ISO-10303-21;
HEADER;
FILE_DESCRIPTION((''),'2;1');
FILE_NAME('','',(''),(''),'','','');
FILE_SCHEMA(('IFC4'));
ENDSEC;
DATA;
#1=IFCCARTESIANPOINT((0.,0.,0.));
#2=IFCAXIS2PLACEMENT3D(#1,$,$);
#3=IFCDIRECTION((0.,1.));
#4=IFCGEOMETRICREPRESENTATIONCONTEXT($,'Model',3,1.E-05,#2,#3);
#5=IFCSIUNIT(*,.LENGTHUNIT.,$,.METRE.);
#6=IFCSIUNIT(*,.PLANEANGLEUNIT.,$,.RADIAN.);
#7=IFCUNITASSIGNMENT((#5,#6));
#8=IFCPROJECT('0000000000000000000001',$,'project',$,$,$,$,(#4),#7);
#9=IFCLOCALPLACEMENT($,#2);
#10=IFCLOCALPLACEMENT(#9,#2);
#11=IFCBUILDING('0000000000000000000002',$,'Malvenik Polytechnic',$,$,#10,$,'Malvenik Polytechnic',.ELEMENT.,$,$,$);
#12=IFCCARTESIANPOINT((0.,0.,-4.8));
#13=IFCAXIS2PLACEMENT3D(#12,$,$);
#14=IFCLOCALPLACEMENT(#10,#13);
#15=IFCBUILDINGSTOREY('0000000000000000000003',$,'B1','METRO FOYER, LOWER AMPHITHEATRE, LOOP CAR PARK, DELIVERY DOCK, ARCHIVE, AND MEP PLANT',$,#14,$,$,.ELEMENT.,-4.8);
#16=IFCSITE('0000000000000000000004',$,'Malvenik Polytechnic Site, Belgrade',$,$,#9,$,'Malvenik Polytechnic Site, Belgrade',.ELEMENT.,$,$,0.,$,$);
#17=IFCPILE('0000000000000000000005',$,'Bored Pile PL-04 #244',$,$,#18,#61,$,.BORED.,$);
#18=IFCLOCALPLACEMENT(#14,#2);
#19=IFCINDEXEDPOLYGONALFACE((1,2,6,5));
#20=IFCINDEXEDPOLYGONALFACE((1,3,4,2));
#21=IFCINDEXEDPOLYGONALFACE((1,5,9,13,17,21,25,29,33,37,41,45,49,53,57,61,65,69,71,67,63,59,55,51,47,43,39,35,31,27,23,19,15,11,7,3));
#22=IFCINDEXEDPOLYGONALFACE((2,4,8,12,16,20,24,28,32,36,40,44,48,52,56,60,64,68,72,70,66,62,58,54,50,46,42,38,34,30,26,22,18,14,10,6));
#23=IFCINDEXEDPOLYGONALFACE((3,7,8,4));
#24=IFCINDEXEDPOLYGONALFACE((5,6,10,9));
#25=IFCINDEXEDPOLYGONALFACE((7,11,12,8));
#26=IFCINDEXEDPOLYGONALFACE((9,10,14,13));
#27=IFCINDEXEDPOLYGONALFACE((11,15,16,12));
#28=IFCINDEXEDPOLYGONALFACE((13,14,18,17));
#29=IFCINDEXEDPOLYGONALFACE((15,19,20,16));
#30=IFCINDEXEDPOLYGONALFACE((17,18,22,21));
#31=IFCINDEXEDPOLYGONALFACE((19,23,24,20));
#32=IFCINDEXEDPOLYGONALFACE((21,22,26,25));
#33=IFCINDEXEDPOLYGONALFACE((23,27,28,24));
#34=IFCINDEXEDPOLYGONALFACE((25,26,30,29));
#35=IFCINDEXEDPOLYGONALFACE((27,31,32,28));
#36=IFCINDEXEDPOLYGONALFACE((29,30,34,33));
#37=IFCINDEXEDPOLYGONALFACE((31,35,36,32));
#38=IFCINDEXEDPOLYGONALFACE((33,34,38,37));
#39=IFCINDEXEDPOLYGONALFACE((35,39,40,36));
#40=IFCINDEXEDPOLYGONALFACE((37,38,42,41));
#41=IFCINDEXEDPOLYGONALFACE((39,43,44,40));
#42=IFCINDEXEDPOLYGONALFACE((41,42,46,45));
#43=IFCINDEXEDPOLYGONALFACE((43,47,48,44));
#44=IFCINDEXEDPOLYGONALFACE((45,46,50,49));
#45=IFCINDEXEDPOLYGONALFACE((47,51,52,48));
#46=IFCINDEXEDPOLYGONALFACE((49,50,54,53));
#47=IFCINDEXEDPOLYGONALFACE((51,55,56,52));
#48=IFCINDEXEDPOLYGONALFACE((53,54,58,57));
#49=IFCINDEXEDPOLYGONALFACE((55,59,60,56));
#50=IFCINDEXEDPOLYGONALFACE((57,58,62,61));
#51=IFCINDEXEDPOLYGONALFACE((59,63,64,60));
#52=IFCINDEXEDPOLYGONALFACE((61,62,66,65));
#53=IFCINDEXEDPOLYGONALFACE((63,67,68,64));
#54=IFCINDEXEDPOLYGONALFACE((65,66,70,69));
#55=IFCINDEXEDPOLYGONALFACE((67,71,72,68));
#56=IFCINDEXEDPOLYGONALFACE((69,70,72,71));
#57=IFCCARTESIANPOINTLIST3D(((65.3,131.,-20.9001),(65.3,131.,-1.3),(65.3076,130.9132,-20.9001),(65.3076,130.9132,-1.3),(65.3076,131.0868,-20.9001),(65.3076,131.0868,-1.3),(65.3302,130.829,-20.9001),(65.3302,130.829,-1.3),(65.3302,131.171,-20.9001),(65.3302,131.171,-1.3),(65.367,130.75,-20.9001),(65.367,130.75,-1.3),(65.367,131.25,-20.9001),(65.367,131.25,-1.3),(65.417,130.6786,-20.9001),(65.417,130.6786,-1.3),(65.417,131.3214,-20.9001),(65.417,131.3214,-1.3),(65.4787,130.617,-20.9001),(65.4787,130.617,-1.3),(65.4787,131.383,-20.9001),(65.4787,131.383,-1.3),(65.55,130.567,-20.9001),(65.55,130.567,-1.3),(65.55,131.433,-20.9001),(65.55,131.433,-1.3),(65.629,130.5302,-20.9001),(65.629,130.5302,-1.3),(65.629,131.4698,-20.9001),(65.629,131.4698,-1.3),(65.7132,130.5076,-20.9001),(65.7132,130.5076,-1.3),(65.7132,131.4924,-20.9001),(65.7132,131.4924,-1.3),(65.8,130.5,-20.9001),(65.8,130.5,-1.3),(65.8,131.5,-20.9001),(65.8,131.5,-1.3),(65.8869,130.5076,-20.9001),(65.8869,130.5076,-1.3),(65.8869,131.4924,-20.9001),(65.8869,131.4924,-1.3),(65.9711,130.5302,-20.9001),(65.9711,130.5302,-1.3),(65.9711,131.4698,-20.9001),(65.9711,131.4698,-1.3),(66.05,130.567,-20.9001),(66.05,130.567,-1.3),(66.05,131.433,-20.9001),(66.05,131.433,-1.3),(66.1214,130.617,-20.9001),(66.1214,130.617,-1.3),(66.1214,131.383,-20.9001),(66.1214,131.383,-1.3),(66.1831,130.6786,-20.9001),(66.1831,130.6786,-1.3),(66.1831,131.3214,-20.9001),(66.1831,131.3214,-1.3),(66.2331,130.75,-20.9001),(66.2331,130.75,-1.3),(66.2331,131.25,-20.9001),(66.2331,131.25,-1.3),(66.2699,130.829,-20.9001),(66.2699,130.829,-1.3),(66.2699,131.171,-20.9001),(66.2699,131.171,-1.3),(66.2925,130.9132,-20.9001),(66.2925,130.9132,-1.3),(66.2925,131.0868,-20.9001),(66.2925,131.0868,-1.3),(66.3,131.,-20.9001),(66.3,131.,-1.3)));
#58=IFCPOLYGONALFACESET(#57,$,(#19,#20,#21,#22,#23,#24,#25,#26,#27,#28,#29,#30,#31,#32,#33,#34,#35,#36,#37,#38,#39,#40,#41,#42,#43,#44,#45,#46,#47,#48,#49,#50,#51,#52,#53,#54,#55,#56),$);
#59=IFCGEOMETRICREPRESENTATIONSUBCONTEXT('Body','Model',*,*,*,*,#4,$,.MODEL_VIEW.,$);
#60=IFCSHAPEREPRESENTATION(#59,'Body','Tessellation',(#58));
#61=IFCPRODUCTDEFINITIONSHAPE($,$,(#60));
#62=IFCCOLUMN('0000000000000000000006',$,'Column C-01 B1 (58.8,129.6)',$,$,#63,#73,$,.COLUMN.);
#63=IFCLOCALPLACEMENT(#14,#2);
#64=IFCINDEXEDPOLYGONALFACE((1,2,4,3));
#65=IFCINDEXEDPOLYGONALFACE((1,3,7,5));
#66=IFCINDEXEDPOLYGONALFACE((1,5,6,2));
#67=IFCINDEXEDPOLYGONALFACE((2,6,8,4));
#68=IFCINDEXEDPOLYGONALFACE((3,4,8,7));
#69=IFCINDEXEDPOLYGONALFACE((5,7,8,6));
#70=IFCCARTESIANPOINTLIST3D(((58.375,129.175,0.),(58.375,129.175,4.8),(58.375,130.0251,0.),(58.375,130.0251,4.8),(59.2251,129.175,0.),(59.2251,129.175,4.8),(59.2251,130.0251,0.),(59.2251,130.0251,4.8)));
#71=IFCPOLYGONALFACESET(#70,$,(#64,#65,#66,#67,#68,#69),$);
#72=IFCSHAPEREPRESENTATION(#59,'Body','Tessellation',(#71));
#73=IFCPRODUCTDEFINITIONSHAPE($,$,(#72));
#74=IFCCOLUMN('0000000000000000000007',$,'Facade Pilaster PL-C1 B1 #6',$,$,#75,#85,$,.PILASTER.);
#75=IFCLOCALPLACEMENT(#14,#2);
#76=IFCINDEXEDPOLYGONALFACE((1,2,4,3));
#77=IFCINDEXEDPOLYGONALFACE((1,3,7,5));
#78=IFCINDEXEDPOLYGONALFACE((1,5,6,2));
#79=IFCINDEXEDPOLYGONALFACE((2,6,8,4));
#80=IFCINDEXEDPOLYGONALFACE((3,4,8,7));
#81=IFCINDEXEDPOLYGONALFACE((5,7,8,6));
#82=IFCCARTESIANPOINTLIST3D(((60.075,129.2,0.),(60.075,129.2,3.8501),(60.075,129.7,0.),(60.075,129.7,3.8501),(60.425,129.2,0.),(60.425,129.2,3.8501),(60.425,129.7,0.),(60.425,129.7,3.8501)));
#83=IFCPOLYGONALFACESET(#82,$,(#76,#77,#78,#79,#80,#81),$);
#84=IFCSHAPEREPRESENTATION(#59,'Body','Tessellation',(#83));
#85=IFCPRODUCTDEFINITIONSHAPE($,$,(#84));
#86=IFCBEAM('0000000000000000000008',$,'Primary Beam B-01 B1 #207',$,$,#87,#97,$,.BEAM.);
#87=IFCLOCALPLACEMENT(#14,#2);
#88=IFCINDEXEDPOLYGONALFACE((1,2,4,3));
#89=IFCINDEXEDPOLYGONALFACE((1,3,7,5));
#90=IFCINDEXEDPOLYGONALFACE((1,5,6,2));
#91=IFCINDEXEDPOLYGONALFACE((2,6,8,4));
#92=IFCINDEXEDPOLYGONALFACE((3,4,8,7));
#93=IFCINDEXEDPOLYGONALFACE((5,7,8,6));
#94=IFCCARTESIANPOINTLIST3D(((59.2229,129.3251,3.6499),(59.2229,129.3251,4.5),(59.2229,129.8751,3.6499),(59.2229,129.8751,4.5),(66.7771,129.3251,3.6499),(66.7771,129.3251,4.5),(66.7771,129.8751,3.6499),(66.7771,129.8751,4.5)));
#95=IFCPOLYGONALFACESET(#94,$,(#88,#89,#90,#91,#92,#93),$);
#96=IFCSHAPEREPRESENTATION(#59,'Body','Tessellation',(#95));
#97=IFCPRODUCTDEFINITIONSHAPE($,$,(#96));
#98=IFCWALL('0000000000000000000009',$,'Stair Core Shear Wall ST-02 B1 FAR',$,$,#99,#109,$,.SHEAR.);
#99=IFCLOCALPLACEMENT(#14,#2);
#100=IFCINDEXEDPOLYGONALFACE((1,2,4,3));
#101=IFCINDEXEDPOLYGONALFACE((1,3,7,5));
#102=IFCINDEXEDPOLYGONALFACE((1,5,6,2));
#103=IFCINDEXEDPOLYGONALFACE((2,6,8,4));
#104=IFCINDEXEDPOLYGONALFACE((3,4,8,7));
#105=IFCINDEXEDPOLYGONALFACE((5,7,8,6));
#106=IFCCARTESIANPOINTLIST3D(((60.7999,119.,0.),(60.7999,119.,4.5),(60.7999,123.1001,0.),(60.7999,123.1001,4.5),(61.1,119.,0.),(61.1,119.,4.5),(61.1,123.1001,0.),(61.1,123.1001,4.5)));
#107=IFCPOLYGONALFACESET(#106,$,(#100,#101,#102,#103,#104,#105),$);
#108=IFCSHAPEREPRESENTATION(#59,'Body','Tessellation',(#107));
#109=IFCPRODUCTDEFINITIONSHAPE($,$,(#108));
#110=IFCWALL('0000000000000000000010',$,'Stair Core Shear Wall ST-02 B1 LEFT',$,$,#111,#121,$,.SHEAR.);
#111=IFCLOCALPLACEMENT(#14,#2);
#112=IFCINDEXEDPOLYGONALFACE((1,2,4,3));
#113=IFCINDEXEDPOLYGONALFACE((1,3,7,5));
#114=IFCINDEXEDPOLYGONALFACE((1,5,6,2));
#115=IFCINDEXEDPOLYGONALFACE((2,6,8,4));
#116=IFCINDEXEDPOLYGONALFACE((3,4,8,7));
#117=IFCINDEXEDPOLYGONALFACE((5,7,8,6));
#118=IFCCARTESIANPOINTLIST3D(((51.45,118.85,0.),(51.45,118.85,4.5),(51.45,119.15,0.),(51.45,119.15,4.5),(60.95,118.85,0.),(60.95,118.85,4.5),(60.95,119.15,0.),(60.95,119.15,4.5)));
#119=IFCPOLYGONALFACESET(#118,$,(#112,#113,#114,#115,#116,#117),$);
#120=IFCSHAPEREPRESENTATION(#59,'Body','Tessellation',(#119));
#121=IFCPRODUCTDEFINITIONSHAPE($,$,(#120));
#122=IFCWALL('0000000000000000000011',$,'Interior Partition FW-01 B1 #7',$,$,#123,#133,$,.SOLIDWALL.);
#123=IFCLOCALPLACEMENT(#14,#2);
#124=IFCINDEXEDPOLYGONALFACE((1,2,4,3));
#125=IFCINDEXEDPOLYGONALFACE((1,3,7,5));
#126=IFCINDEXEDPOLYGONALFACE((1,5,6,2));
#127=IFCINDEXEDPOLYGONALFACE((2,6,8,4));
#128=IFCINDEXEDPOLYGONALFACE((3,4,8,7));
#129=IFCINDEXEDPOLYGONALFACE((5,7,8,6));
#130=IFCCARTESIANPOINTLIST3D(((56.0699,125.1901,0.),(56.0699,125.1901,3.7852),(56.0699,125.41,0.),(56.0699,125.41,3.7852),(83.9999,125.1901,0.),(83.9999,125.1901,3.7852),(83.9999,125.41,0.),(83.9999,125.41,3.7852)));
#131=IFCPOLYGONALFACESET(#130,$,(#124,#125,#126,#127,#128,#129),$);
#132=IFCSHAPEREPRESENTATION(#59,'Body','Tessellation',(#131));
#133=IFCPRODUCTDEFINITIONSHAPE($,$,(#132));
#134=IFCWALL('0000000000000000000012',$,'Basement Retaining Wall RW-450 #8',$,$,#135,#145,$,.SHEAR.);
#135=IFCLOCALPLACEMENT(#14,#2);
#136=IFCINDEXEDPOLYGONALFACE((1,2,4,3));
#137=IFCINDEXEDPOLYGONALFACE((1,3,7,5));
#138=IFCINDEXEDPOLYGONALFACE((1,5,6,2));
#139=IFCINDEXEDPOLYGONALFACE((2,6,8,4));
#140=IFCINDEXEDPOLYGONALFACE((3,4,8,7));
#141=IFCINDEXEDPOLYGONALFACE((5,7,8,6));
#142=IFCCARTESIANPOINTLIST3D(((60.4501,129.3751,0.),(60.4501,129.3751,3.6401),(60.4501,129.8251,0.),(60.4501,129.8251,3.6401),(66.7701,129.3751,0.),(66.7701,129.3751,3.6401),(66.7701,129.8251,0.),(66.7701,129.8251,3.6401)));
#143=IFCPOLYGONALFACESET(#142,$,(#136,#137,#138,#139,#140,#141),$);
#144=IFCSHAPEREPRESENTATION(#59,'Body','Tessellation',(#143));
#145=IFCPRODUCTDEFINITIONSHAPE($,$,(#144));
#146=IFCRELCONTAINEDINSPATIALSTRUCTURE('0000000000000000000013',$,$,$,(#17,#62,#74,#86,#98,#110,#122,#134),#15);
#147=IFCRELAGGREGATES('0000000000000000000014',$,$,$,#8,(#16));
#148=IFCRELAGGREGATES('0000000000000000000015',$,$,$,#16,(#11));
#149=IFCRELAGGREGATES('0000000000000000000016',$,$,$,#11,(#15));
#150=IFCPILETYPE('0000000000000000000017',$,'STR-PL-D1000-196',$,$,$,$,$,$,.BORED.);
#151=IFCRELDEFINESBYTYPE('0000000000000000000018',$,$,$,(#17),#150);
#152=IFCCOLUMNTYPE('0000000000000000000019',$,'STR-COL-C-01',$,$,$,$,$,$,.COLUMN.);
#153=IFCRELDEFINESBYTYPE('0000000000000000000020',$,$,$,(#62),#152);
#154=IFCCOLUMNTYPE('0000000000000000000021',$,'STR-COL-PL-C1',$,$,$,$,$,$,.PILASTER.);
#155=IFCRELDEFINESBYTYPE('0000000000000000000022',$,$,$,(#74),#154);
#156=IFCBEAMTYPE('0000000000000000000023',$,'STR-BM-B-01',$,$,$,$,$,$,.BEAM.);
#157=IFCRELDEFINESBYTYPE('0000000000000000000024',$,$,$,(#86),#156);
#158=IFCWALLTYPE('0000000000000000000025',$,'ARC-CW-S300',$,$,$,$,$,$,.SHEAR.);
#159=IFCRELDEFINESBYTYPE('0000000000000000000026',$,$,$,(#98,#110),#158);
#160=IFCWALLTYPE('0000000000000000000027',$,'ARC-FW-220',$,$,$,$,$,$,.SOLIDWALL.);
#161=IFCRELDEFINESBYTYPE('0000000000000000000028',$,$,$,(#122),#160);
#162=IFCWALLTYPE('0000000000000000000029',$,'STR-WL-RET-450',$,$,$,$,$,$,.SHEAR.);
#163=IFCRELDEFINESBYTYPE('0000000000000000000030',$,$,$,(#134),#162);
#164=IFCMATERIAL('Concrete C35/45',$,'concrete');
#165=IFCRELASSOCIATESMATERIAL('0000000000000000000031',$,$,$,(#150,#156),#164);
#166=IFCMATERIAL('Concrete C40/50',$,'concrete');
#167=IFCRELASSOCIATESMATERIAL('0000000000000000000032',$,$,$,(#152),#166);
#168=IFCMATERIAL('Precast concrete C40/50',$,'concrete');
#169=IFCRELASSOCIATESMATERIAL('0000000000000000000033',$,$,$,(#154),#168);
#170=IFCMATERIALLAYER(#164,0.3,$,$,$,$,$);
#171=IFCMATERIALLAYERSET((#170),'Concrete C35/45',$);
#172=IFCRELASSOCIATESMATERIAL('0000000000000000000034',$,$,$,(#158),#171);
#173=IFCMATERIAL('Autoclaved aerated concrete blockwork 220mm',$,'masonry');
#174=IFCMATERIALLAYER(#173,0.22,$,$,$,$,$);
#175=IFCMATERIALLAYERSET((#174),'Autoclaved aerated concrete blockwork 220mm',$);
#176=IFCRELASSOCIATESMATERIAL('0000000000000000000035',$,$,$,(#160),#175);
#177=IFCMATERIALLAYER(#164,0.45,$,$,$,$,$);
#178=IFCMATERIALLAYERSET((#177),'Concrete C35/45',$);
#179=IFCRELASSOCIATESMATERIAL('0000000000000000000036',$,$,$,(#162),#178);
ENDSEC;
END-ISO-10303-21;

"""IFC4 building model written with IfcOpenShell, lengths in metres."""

from ifc_helpers import new_model, si_unit, direction, frame, frame_2d, origin, origin_2d, place, context, subcontext, project, spatial, rectangle, circle, extrude, material, layer, layer_set, material_profile, profile_set, type_object, element, save


model = new_model("IFC4")

# Units and contexts
model_context = context("Model", 3, precision=1e-05, world=origin(), true_north=direction((0.0, 1.0)))
body_context = subcontext(model_context, "Body", "Model", "MODEL_VIEW")
ifc_project = project(units=[si_unit("LENGTHUNIT", "METRE"), si_unit("PLANEANGLEUNIT", "RADIAN")], contexts=[model_context])

# Site, building, storey
site_placement = place(None, origin())
site = spatial("IfcSite", under=ifc_project, at=site_placement, Name="Malvenik Polytechnic Site, Belgrade", LongName="Malvenik Polytechnic Site, Belgrade", CompositionType="ELEMENT", RefElevation=0.0)
building_placement = place(site_placement, origin())
building = spatial("IfcBuilding", under=site, at=building_placement, Name="Malvenik Polytechnic", LongName="Malvenik Polytechnic", CompositionType="ELEMENT")
storey_placement = place(building_placement, frame((0.0, 0.0, -4.8)))
storey = spatial("IfcBuildingStorey", under=building, at=storey_placement, Name="B1", Description="METRO FOYER, LOWER AMPHITHEATRE, LOOP CAR PARK, DELIVERY DOCK, ARCHIVE, AND MEP PLANT", CompositionType="ELEMENT", Elevation=-4.8)

# Shared definitions
ifc_material_1 = material(Name="Concrete C35/45", Category="concrete")

# Pile
ifc_material_profile_1 = material_profile(ifc_material_1, circle(Radius=0.5, at=origin_2d()), Name="BORED PILE D1000")
ifc_profile_set_1 = profile_set([ifc_material_profile_1], Name="Concrete C35/45")
pile_type = type_object("IfcPileType", Name="STR-PL-D1000-196", PredefinedType="BORED", material=ifc_profile_set_1)
for number, where, z_axis, x_axis, name in (
    (1, (65.8, 131.0, -1.3), (0.0, 0.0, -1.0), (1.0, 0.0, 0.0), "Bored Pile PL-04 #244"),
):
    element("IfcPile", number, at=place(storey_placement, frame(where, z_axis=z_axis, x_axis=x_axis)), inside=storey, type_object=pile_type, Name=name, PredefinedType="BORED", context=body_context, shape_type="SweptSolid", body=[
        extrude(circle(Radius=0.5, at=origin_2d()), origin(), (0.0, 0.0, 1.0), 19.6001),
    ])

# Columns
ifc_material_2 = material(Name="Concrete C40/50", Category="concrete")
ifc_material_profile_2 = material_profile(ifc_material_2, rectangle(XDim=0.8501, YDim=0.8501, at=origin_2d()), Name="RC COL 850x850")
ifc_profile_set_2 = profile_set([ifc_material_profile_2], Name="Concrete C40/50")
column_type_1 = type_object("IfcColumnType", Name="STR-COL-C-01", PredefinedType="COLUMN", material=ifc_profile_set_2)
column_1_placement = place(storey_placement, frame((58.8, 129.6001, 0.0), z_axis=(0.0, 0.0, 1.0), x_axis=(1.0, 0.0, 0.0)))
element("IfcColumn", 2, at=column_1_placement, inside=storey, type_object=column_type_1, Name="Column C-01 B1 (58.8,129.6)", PredefinedType="COLUMN", context=body_context, shape_type="SweptSolid", body=[
    extrude(rectangle(XDim=0.8501, YDim=0.8501, at=origin_2d()), origin(), (0.0, 0.0, 1.0), 4.8),
])
ifc_material_3 = material(Name="Precast concrete C40/50", Category="concrete")
ifc_material_profile_3 = material_profile(ifc_material_3, rectangle(XDim=0.3501, YDim=0.5, at=origin_2d()), Name="RC PIL 500x350")
ifc_profile_set_3 = profile_set([ifc_material_profile_3], Name="Precast concrete C40/50")
column_type_2 = type_object("IfcColumnType", Name="STR-COL-PL-C1", PredefinedType="PILASTER", material=ifc_profile_set_3)
column_2_placement = place(storey_placement, frame((60.25, 129.45, 0.0), z_axis=(0.0, 0.0, 1.0), x_axis=(1.0, 0.0, 0.0)))
element("IfcColumn", 3, at=column_2_placement, inside=storey, type_object=column_type_2, Name="Facade Pilaster PL-C1 B1 #6", PredefinedType="PILASTER", context=body_context, shape_type="SweptSolid", body=[
    extrude(rectangle(XDim=0.3501, YDim=0.5, at=origin_2d()), origin(), (0.0, 0.0, 1.0), 3.8501),
])

# Beam
ifc_material_profile_4 = material_profile(ifc_material_1, rectangle(XDim=0.55, YDim=0.8501, at=origin_2d()), Name="RC BM 550x850")
ifc_profile_set_4 = profile_set([ifc_material_profile_4], Name="Concrete C35/45")
beam_type = type_object("IfcBeamType", Name="STR-BM-B-01", PredefinedType="BEAM", material=ifc_profile_set_4)
beam_placement = place(storey_placement, frame((59.2229, 129.6001, 4.075), z_axis=(1.0, 0.0, 0.0), x_axis=(0.0, 1.0, 0.0)))
element("IfcBeam", 4, at=beam_placement, inside=storey, type_object=beam_type, Name="Primary Beam B-01 B1 #207", PredefinedType="BEAM", context=body_context, shape_type="SweptSolid", body=[
    extrude(rectangle(XDim=0.55, YDim=0.8501, at=origin_2d()), origin(), (0.0, 0.0, 1.0), 7.5542),
])

# Walls
ifc_layer_1 = layer(ifc_material_1, 0.3)
ifc_layer_set_1 = layer_set([ifc_layer_1], Name="Concrete C35/45")
wall_type_1 = type_object("IfcWallType", Name="ARC-CW-S300", PredefinedType="SHEAR", material=ifc_layer_set_1)
wall_1_placement = place(storey_placement, frame((60.95, 123.1001, 0.0), z_axis=(0.0, 0.0, 1.0), x_axis=(0.0, -1.0, 0.0)))
element("IfcWall", 5, at=wall_1_placement, inside=storey, type_object=wall_type_1, Name="Stair Core Shear Wall ST-02 B1 FAR", PredefinedType="SHEAR", context=body_context, shape_type="SweptSolid", body=[
    extrude(rectangle(XDim=4.1001, YDim=0.3, at=frame_2d((2.05, 0.0))), origin(), (0.0, 0.0, 1.0), 4.5),
])
wall_2_placement = place(storey_placement, frame((60.95, 119.0, 0.0), z_axis=(0.0, 0.0, 1.0), x_axis=(-1.0, 0.0, 0.0)))
element("IfcWall", 6, at=wall_2_placement, inside=storey, type_object=wall_type_1, Name="Stair Core Shear Wall ST-02 B1 LEFT", PredefinedType="SHEAR", context=body_context, shape_type="SweptSolid", body=[
    extrude(rectangle(XDim=9.5, YDim=0.3, at=frame_2d((4.75, 0.0))), origin(), (0.0, 0.0, 1.0), 4.5),
])
ifc_material_4 = material(Name="Autoclaved aerated concrete blockwork 220mm", Category="masonry")
ifc_layer_2 = layer(ifc_material_4, 0.22)
ifc_layer_set_2 = layer_set([ifc_layer_2], Name="Autoclaved aerated concrete blockwork 220mm")
wall_type_2 = type_object("IfcWallType", Name="ARC-FW-220", PredefinedType="SOLIDWALL", material=ifc_layer_set_2)
wall_3_placement = place(storey_placement, frame((56.0701, 125.3, 0.0), z_axis=(0.0, 0.0, 1.0), x_axis=(1.0, 0.0, 0.0)))
element("IfcWall", 7, at=wall_3_placement, inside=storey, type_object=wall_type_2, Name="Interior Partition FW-01 B1 #7", PredefinedType="SOLIDWALL", context=body_context, shape_type="SweptSolid", body=[
    extrude(rectangle(XDim=27.9299, YDim=0.22, at=frame_2d((13.9648, 0.0))), origin(), (0.0, 0.0, 1.0), 3.7852),
])
ifc_layer_3 = layer(ifc_material_1, 0.45)
ifc_layer_set_3 = layer_set([ifc_layer_3], Name="Concrete C35/45")
wall_type_3 = type_object("IfcWallType", Name="STR-WL-RET-450", PredefinedType="SHEAR", material=ifc_layer_set_3)
wall_4_placement = place(storey_placement, frame((60.45, 129.6001, 0.0), z_axis=(0.0, 0.0, 1.0), x_axis=(1.0, 0.0, 0.0)))
element("IfcWall", 8, at=wall_4_placement, inside=storey, type_object=wall_type_3, Name="Basement Retaining Wall RW-450 #8", PredefinedType="SHEAR", context=body_context, shape_type="SweptSolid", body=[
    extrude(rectangle(XDim=6.3201, YDim=0.45, at=frame_2d((3.1602, 0.0))), origin(), (0.0, 0.0, 1.0), 3.6401),
])

save(model, "model.ifc")
